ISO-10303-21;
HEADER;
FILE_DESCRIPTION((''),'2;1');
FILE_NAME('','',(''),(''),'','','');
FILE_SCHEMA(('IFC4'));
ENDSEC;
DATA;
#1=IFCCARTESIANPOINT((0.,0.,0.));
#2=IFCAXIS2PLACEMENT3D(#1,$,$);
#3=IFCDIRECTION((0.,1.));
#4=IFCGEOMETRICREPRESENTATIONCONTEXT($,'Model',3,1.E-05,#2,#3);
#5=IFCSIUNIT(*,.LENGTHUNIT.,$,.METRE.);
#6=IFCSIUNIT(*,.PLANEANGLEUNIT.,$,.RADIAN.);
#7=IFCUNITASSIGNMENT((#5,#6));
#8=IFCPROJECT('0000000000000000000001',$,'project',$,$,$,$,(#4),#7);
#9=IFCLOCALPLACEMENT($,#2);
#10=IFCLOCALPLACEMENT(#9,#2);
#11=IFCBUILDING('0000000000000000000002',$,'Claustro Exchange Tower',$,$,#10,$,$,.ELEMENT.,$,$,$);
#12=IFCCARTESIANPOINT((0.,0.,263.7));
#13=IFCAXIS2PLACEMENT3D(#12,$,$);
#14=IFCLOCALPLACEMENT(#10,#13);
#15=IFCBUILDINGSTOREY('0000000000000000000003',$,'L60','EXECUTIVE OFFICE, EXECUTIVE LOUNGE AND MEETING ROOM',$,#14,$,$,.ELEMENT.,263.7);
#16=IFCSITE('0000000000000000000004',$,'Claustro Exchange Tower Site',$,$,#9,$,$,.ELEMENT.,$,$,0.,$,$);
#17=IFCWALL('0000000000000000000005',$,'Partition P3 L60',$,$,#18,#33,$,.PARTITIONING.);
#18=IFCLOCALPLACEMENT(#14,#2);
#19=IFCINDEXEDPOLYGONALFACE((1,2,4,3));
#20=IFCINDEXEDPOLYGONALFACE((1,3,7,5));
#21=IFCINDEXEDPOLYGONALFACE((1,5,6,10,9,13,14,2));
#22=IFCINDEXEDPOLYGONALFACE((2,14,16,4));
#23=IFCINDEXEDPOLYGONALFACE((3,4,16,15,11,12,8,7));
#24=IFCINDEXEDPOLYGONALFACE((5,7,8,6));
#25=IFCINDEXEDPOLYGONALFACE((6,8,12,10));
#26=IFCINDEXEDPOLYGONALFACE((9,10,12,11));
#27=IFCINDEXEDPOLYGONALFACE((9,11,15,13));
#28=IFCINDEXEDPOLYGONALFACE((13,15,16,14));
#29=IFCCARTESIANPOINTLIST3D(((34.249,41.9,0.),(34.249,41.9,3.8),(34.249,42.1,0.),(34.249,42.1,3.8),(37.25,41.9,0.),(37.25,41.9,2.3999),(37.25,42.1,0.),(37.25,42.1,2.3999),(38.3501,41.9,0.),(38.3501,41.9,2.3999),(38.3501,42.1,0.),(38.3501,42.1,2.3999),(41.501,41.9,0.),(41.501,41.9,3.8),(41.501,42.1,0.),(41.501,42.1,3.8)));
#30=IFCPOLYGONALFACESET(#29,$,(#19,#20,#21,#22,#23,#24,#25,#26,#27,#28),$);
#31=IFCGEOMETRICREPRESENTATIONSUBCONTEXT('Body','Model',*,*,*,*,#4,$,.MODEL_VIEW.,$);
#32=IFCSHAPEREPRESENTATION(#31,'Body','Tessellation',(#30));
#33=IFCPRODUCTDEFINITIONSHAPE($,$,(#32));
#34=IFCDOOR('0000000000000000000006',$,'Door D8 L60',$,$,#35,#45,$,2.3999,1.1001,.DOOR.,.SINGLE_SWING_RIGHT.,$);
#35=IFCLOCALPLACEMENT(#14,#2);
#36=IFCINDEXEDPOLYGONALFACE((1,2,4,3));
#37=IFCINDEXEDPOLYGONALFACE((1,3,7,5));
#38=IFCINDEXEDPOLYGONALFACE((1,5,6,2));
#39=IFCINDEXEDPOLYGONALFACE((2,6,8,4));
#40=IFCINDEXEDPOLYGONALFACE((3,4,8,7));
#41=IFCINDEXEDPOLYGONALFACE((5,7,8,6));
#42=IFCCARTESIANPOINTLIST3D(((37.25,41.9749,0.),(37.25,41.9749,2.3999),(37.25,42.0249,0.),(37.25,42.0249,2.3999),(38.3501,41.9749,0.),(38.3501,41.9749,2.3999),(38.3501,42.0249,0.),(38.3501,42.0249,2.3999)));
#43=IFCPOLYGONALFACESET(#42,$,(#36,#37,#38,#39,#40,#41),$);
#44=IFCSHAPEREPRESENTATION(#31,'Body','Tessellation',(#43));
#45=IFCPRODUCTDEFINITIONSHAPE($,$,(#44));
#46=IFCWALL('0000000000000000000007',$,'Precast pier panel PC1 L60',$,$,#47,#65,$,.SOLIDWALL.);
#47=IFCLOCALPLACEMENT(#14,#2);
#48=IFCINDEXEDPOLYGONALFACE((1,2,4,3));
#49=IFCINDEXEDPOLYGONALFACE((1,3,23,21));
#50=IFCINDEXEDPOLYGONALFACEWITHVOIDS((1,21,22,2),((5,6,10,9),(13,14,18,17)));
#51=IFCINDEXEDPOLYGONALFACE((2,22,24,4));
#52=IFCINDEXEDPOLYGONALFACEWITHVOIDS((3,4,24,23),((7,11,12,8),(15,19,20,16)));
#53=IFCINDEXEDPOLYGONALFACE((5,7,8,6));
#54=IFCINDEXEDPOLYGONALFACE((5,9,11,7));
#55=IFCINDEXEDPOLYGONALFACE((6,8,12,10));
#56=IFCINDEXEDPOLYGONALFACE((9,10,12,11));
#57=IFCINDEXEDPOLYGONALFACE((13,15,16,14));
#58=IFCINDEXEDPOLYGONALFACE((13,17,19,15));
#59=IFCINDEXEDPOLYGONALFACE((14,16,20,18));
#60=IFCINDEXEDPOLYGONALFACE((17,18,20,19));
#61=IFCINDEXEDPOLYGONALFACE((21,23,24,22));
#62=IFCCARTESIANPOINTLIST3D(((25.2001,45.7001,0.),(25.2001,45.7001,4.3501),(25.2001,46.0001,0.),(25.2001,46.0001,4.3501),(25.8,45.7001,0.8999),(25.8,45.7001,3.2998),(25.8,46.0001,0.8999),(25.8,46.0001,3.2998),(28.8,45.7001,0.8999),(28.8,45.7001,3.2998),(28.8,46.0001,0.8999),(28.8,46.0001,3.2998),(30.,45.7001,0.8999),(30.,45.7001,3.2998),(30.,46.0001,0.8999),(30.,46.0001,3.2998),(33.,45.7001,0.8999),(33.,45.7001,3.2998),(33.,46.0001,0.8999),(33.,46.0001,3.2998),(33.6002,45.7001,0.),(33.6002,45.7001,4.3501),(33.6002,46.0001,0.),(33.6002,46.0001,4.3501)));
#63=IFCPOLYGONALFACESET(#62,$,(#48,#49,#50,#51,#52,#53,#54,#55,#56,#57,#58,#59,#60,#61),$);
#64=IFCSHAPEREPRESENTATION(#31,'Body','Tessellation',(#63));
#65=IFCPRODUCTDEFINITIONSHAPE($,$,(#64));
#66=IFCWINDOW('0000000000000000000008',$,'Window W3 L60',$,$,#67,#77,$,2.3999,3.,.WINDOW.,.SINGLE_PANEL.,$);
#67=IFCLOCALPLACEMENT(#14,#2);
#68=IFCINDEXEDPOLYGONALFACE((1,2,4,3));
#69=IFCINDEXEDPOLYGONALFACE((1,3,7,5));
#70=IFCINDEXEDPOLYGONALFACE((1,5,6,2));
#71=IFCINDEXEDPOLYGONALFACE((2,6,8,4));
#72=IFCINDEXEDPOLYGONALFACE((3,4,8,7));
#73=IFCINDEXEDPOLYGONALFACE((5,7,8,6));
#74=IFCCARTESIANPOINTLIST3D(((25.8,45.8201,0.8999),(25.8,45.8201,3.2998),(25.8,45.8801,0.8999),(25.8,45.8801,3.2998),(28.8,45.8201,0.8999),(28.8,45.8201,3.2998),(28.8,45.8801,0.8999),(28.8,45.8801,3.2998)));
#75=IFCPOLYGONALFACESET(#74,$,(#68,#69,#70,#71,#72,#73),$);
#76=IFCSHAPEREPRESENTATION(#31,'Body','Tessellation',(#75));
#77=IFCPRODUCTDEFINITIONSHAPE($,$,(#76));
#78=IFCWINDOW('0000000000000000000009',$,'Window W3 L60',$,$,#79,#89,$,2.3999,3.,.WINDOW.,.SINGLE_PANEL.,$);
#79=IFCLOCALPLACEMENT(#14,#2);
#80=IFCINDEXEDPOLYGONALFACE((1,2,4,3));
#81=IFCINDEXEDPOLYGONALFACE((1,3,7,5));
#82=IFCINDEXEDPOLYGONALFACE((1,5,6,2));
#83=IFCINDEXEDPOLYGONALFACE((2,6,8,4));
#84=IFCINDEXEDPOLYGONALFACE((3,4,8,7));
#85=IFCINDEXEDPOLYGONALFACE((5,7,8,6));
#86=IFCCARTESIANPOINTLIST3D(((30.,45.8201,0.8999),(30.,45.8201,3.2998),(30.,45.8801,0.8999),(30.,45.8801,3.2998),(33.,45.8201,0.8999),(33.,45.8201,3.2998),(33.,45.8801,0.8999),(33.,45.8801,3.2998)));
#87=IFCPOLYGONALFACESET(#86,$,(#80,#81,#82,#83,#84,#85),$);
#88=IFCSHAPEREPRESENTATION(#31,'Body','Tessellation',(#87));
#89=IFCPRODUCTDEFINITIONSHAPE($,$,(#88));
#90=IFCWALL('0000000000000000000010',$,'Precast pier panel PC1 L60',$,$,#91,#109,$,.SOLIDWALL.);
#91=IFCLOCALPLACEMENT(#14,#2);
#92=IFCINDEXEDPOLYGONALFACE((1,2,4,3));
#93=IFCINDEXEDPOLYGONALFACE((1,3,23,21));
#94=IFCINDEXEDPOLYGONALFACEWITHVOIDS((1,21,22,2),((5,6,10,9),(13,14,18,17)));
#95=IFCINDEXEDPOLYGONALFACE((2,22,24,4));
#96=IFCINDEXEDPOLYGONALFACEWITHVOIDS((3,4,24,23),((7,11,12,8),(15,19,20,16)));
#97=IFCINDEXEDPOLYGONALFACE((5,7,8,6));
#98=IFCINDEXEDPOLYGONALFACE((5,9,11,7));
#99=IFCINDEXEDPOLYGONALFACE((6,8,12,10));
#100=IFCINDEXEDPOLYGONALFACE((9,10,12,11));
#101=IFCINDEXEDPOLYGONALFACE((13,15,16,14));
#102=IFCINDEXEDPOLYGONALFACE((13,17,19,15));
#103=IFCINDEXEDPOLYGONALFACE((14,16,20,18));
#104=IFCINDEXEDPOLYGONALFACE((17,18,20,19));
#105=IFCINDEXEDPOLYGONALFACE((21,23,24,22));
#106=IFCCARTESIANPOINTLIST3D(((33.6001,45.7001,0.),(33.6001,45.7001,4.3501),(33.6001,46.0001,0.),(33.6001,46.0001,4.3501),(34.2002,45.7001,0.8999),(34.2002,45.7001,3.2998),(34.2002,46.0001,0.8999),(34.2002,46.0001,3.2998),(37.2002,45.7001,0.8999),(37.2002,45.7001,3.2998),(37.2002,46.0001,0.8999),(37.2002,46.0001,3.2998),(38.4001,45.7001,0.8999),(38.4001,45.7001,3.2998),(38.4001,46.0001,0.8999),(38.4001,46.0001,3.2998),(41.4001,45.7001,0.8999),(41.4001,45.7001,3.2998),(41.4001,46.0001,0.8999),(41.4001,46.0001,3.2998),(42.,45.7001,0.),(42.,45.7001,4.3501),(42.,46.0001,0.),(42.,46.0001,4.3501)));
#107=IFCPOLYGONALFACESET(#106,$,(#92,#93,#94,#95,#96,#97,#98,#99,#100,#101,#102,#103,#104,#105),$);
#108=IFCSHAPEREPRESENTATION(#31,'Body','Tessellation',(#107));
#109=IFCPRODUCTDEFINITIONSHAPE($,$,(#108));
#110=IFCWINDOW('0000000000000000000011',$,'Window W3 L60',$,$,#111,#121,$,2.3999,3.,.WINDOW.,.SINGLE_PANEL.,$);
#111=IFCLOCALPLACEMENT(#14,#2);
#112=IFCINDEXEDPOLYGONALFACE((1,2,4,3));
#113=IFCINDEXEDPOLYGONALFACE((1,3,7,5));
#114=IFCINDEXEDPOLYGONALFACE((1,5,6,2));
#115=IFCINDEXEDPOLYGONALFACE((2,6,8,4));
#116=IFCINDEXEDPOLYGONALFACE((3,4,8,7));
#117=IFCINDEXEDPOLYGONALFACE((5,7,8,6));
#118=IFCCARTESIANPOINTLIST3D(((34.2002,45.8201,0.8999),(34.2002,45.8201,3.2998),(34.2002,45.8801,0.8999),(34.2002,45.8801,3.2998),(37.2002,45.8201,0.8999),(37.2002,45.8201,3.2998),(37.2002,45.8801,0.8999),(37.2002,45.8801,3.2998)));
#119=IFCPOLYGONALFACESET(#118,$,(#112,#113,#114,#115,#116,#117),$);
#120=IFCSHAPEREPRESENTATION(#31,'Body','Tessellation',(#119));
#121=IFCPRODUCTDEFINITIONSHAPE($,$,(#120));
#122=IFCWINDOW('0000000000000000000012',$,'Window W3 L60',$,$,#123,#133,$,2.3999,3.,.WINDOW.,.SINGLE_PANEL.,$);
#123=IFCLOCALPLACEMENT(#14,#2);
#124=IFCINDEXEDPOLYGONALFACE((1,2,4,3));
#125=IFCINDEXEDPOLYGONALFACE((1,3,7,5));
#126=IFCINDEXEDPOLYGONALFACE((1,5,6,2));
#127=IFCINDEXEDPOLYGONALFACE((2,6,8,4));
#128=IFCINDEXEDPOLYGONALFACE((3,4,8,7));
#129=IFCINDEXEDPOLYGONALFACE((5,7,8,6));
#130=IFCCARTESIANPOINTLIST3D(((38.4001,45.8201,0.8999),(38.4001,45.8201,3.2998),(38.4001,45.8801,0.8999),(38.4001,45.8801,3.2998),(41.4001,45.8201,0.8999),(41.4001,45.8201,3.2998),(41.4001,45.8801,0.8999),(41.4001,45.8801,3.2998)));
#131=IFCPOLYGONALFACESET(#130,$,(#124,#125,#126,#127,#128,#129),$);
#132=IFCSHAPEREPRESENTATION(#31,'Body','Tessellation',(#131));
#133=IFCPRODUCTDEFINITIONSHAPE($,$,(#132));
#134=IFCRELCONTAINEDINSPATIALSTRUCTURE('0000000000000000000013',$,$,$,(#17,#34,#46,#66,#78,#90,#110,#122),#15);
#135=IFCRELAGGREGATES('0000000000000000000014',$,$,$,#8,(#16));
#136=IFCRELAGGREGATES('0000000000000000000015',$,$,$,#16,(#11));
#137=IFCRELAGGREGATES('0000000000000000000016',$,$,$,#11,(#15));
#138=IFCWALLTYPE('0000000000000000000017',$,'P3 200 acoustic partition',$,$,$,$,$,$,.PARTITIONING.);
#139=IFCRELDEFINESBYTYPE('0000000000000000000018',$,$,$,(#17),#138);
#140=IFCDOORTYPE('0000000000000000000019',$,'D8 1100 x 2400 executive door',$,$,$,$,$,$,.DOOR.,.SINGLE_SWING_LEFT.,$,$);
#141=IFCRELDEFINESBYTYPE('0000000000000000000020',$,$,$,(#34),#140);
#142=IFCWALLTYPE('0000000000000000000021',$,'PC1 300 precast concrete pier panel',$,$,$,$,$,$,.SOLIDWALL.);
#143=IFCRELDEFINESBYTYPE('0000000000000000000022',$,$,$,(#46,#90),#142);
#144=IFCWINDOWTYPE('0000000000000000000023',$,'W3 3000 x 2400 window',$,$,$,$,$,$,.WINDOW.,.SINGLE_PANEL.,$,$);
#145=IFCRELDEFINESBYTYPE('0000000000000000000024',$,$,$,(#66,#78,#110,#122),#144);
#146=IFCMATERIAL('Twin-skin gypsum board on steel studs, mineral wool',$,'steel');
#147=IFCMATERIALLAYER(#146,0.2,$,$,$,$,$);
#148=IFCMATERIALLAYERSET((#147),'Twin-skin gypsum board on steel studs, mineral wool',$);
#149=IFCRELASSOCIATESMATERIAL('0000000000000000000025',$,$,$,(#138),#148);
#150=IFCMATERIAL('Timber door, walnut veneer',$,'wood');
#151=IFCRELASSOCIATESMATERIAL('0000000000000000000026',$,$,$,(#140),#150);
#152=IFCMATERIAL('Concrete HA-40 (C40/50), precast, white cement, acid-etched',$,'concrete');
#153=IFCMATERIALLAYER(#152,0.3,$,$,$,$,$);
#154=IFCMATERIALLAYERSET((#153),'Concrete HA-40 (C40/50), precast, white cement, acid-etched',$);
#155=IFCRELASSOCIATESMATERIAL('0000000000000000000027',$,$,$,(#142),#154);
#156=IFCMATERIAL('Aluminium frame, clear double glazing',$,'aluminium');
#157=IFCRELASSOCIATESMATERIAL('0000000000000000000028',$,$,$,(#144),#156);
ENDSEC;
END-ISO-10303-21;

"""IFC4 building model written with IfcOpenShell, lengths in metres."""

from ifc_helpers import new_model, si_unit, direction, frame, frame_2d, origin, place, context, subcontext, project, spatial, rectangle, extrude, material, layer, layer_set, type_object, element, fill, save


model = new_model("IFC4")

# Units and contexts
model_context = context("Model", 3, precision=1e-05, world=origin(), true_north=direction((0.0, 1.0)))
body_context = subcontext(model_context, "Body", "Model", "MODEL_VIEW")
ifc_project = project(units=[si_unit("LENGTHUNIT", "METRE"), si_unit("PLANEANGLEUNIT", "RADIAN")], contexts=[model_context])

# Site, building, storey
site_placement = place(None, origin())
site = spatial("IfcSite", under=ifc_project, at=site_placement, Name="Claustro Exchange Tower Site", CompositionType="ELEMENT", RefElevation=0.0)
building_placement = place(site_placement, origin())
building = spatial("IfcBuilding", under=site, at=building_placement, Name="Claustro Exchange Tower", CompositionType="ELEMENT")
storey_placement = place(building_placement, frame((0.0, 0.0, 263.7)))
storey = spatial("IfcBuildingStorey", under=building, at=storey_placement, Name="L60", Description="EXECUTIVE OFFICE, EXECUTIVE LOUNGE AND MEETING ROOM", CompositionType="ELEMENT", Elevation=263.7)

# Wall, opening, door
ifc_material_1 = material(Name="Twin-skin gypsum board on steel studs, mineral wool", Category="steel")
ifc_layer_1 = layer(ifc_material_1, 0.2)
ifc_layer_set_1 = layer_set([ifc_layer_1], Name="Twin-skin gypsum board on steel studs, mineral wool")
wall_type_1 = type_object("IfcWallType", Name="P3 200 acoustic partition", PredefinedType="PARTITIONING", material=ifc_layer_set_1)
wall_1_placement = place(storey_placement, frame((34.249, 42.0, 0.0), z_axis=(0.0, 0.0, 1.0), x_axis=(1.0, 0.0, 0.0)))
wall_1 = element("IfcWall", 1, at=wall_1_placement, inside=storey, type_object=wall_type_1, Name="Partition P3 L60", PredefinedType="PARTITIONING", context=body_context, shape_type="SweptSolid", body=[
    extrude(rectangle(XDim=7.252, YDim=0.2, at=frame_2d((3.626, 0.0))), origin(), (0.0, 0.0, 1.0), 3.8),
])
opening_1_placement = place(wall_1_placement, frame((3.001, 0.0, 0.0)))
opening_1 = element("IfcOpeningElement", 2, at=opening_1_placement, cuts=wall_1, PredefinedType="OPENING", context=body_context, shape_type="SweptSolid", body=[
    extrude(rectangle(XDim=1.1001, YDim=2.3999, at=frame_2d((0.55, 1.2))), frame((0.0, 0.1099, 0.0), z_axis=(0.0, -1.0, 0.0), x_axis=(1.0, 0.0, 0.0)), (0.0, 0.0, 1.0), 0.22),
])
ifc_material_2 = material(Name="Timber door, walnut veneer", Category="wood")
door_type_1 = type_object("IfcDoorType", Name="D8 1100 x 2400 executive door", OperationType="SINGLE_SWING_LEFT", PredefinedType="DOOR", material=ifc_material_2)
door_1_placement = place(opening_1_placement, origin())
door_1 = element("IfcDoor", 3, at=door_1_placement, inside=storey, type_object=door_type_1, Name="Door D8 L60", OperationType="SINGLE_SWING_RIGHT", OverallHeight=2.3999, OverallWidth=1.1001, PredefinedType="DOOR", context=body_context, shape_type="SweptSolid", body=[
    extrude(rectangle(XDim=1.1001, YDim=2.3999, at=frame_2d((0.55, 1.2))), frame((0.0, 0.0249, 0.0), z_axis=(0.0, -1.0, 0.0), x_axis=(1.0, 0.0, 0.0)), (0.0, 0.0, 1.0), 0.05),
])
fill(opening_1, door_1)

# Walls, openings, windows
ifc_material_3 = material(Name="Concrete HA-40 (C40/50), precast, white cement, acid-etched", Category="concrete")
ifc_layer_2 = layer(ifc_material_3, 0.3)
ifc_layer_set_2 = layer_set([ifc_layer_2], Name="Concrete HA-40 (C40/50), precast, white cement, acid-etched")
wall_type_2 = type_object("IfcWallType", Name="PC1 300 precast concrete pier panel", PredefinedType="SOLIDWALL", material=ifc_layer_set_2)
wall_2_placement = place(storey_placement, frame((25.2, 45.8501, 0.0), z_axis=(0.0, 0.0, 1.0), x_axis=(1.0, 0.0, 0.0)))
wall_2 = element("IfcWall", 4, at=wall_2_placement, inside=storey, type_object=wall_type_2, Name="Precast pier panel PC1 L60", PredefinedType="SOLIDWALL", context=body_context, shape_type="SweptSolid", body=[
    extrude(rectangle(XDim=8.4001, YDim=0.3, at=frame_2d((4.2002, 0.0))), origin(), (0.0, 0.0, 1.0), 4.3501),
])
opening_2_placement = place(wall_2_placement, frame((0.6001, 0.0, 0.8999)))
opening_2 = element("IfcOpeningElement", 5, at=opening_2_placement, cuts=wall_2, PredefinedType="OPENING", context=body_context, shape_type="SweptSolid", body=[
    extrude(rectangle(XDim=3.0, YDim=2.3999, at=frame_2d((1.5, 1.2))), frame((0.0, 0.1599, 0.0), z_axis=(0.0, -1.0, 0.0), x_axis=(1.0, 0.0, 0.0)), (0.0, 0.0, 1.0), 0.3201),
])
opening_3_placement = place(wall_2_placement, frame((4.8, 0.0, 0.8999)))
opening_3 = element("IfcOpeningElement", 6, at=opening_3_placement, cuts=wall_2, PredefinedType="OPENING", context=body_context, shape_type="SweptSolid", body=[
    extrude(rectangle(XDim=3.0, YDim=2.3999, at=frame_2d((1.5, 1.2))), frame((0.0, 0.1599, 0.0), z_axis=(0.0, -1.0, 0.0), x_axis=(1.0, 0.0, 0.0)), (0.0, 0.0, 1.0), 0.3201),
])
ifc_material_4 = material(Name="Aluminium frame, clear double glazing", Category="aluminium")
window_type = type_object("IfcWindowType", Name="W3 3000 x 2400 window", PartitioningType="SINGLE_PANEL", PredefinedType="WINDOW", material=ifc_material_4)
window_1_placement = place(opening_2_placement, origin())
window_1 = element("IfcWindow", 7, at=window_1_placement, inside=storey, type_object=window_type, Name="Window W3 L60", OverallHeight=2.3999, OverallWidth=3.0, PartitioningType="SINGLE_PANEL", PredefinedType="WINDOW", context=body_context, shape_type="SweptSolid", body=[
    extrude(rectangle(XDim=3.0, YDim=2.3999, at=frame_2d((1.5, 1.2))), frame((0.0, 0.03, 0.0), z_axis=(0.0, -1.0, 0.0), x_axis=(1.0, 0.0, 0.0)), (0.0, 0.0, 1.0), 0.0601),
])
fill(opening_2, window_1)
window_2_placement = place(opening_3_placement, origin())
window_2 = element("IfcWindow", 8, at=window_2_placement, inside=storey, type_object=window_type, Name="Window W3 L60", OverallHeight=2.3999, OverallWidth=3.0, PartitioningType="SINGLE_PANEL", PredefinedType="WINDOW", context=body_context, shape_type="SweptSolid", body=[
    extrude(rectangle(XDim=3.0, YDim=2.3999, at=frame_2d((1.5, 1.2))), frame((0.0, 0.03, 0.0), z_axis=(0.0, -1.0, 0.0), x_axis=(1.0, 0.0, 0.0)), (0.0, 0.0, 1.0), 0.0601),
])
fill(opening_3, window_2)
wall_3_placement = place(storey_placement, frame((33.6001, 45.8501, 0.0), z_axis=(0.0, 0.0, 1.0), x_axis=(1.0, 0.0, 0.0)))
wall_3 = element("IfcWall", 9, at=wall_3_placement, inside=storey, type_object=wall_type_2, Name="Precast pier panel PC1 L60", PredefinedType="SOLIDWALL", context=body_context, shape_type="SweptSolid", body=[
    extrude(rectangle(XDim=8.3999, YDim=0.3, at=frame_2d((4.2, 0.0))), origin(), (0.0, 0.0, 1.0), 4.3501),
])
opening_4_placement = place(wall_3_placement, frame((0.6001, 0.0, 0.8999)))
opening_4 = element("IfcOpeningElement", 10, at=opening_4_placement, cuts=wall_3, PredefinedType="OPENING", context=body_context, shape_type="SweptSolid", body=[
    extrude(rectangle(XDim=3.0, YDim=2.3999, at=frame_2d((1.5, 1.2))), frame((0.0, 0.1599, 0.0), z_axis=(0.0, -1.0, 0.0), x_axis=(1.0, 0.0, 0.0)), (0.0, 0.0, 1.0), 0.3201),
])
opening_5_placement = place(wall_3_placement, frame((4.8, 0.0, 0.8999)))
opening_5 = element("IfcOpeningElement", 11, at=opening_5_placement, cuts=wall_3, PredefinedType="OPENING", context=body_context, shape_type="SweptSolid", body=[
    extrude(rectangle(XDim=3.0, YDim=2.3999, at=frame_2d((1.5, 1.2))), frame((0.0, 0.1599, 0.0), z_axis=(0.0, -1.0, 0.0), x_axis=(1.0, 0.0, 0.0)), (0.0, 0.0, 1.0), 0.3201),
])
window_3_placement = place(opening_4_placement, origin())
window_3 = element("IfcWindow", 12, at=window_3_placement, inside=storey, type_object=window_type, Name="Window W3 L60", OverallHeight=2.3999, OverallWidth=3.0, PartitioningType="SINGLE_PANEL", PredefinedType="WINDOW", context=body_context, shape_type="SweptSolid", body=[
    extrude(rectangle(XDim=3.0, YDim=2.3999, at=frame_2d((1.5, 1.2))), frame((0.0, 0.03, 0.0), z_axis=(0.0, -1.0, 0.0), x_axis=(1.0, 0.0, 0.0)), (0.0, 0.0, 1.0), 0.0601),
])
fill(opening_4, window_3)
window_4_placement = place(opening_5_placement, origin())
window_4 = element("IfcWindow", 13, at=window_4_placement, inside=storey, type_object=window_type, Name="Window W3 L60", OverallHeight=2.3999, OverallWidth=3.0, PartitioningType="SINGLE_PANEL", PredefinedType="WINDOW", context=body_context, shape_type="SweptSolid", body=[
    extrude(rectangle(XDim=3.0, YDim=2.3999, at=frame_2d((1.5, 1.2))), frame((0.0, 0.03, 0.0), z_axis=(0.0, -1.0, 0.0), x_axis=(1.0, 0.0, 0.0)), (0.0, 0.0, 1.0), 0.0601),
])
fill(opening_5, window_4)

save(model, "model.ifc")
